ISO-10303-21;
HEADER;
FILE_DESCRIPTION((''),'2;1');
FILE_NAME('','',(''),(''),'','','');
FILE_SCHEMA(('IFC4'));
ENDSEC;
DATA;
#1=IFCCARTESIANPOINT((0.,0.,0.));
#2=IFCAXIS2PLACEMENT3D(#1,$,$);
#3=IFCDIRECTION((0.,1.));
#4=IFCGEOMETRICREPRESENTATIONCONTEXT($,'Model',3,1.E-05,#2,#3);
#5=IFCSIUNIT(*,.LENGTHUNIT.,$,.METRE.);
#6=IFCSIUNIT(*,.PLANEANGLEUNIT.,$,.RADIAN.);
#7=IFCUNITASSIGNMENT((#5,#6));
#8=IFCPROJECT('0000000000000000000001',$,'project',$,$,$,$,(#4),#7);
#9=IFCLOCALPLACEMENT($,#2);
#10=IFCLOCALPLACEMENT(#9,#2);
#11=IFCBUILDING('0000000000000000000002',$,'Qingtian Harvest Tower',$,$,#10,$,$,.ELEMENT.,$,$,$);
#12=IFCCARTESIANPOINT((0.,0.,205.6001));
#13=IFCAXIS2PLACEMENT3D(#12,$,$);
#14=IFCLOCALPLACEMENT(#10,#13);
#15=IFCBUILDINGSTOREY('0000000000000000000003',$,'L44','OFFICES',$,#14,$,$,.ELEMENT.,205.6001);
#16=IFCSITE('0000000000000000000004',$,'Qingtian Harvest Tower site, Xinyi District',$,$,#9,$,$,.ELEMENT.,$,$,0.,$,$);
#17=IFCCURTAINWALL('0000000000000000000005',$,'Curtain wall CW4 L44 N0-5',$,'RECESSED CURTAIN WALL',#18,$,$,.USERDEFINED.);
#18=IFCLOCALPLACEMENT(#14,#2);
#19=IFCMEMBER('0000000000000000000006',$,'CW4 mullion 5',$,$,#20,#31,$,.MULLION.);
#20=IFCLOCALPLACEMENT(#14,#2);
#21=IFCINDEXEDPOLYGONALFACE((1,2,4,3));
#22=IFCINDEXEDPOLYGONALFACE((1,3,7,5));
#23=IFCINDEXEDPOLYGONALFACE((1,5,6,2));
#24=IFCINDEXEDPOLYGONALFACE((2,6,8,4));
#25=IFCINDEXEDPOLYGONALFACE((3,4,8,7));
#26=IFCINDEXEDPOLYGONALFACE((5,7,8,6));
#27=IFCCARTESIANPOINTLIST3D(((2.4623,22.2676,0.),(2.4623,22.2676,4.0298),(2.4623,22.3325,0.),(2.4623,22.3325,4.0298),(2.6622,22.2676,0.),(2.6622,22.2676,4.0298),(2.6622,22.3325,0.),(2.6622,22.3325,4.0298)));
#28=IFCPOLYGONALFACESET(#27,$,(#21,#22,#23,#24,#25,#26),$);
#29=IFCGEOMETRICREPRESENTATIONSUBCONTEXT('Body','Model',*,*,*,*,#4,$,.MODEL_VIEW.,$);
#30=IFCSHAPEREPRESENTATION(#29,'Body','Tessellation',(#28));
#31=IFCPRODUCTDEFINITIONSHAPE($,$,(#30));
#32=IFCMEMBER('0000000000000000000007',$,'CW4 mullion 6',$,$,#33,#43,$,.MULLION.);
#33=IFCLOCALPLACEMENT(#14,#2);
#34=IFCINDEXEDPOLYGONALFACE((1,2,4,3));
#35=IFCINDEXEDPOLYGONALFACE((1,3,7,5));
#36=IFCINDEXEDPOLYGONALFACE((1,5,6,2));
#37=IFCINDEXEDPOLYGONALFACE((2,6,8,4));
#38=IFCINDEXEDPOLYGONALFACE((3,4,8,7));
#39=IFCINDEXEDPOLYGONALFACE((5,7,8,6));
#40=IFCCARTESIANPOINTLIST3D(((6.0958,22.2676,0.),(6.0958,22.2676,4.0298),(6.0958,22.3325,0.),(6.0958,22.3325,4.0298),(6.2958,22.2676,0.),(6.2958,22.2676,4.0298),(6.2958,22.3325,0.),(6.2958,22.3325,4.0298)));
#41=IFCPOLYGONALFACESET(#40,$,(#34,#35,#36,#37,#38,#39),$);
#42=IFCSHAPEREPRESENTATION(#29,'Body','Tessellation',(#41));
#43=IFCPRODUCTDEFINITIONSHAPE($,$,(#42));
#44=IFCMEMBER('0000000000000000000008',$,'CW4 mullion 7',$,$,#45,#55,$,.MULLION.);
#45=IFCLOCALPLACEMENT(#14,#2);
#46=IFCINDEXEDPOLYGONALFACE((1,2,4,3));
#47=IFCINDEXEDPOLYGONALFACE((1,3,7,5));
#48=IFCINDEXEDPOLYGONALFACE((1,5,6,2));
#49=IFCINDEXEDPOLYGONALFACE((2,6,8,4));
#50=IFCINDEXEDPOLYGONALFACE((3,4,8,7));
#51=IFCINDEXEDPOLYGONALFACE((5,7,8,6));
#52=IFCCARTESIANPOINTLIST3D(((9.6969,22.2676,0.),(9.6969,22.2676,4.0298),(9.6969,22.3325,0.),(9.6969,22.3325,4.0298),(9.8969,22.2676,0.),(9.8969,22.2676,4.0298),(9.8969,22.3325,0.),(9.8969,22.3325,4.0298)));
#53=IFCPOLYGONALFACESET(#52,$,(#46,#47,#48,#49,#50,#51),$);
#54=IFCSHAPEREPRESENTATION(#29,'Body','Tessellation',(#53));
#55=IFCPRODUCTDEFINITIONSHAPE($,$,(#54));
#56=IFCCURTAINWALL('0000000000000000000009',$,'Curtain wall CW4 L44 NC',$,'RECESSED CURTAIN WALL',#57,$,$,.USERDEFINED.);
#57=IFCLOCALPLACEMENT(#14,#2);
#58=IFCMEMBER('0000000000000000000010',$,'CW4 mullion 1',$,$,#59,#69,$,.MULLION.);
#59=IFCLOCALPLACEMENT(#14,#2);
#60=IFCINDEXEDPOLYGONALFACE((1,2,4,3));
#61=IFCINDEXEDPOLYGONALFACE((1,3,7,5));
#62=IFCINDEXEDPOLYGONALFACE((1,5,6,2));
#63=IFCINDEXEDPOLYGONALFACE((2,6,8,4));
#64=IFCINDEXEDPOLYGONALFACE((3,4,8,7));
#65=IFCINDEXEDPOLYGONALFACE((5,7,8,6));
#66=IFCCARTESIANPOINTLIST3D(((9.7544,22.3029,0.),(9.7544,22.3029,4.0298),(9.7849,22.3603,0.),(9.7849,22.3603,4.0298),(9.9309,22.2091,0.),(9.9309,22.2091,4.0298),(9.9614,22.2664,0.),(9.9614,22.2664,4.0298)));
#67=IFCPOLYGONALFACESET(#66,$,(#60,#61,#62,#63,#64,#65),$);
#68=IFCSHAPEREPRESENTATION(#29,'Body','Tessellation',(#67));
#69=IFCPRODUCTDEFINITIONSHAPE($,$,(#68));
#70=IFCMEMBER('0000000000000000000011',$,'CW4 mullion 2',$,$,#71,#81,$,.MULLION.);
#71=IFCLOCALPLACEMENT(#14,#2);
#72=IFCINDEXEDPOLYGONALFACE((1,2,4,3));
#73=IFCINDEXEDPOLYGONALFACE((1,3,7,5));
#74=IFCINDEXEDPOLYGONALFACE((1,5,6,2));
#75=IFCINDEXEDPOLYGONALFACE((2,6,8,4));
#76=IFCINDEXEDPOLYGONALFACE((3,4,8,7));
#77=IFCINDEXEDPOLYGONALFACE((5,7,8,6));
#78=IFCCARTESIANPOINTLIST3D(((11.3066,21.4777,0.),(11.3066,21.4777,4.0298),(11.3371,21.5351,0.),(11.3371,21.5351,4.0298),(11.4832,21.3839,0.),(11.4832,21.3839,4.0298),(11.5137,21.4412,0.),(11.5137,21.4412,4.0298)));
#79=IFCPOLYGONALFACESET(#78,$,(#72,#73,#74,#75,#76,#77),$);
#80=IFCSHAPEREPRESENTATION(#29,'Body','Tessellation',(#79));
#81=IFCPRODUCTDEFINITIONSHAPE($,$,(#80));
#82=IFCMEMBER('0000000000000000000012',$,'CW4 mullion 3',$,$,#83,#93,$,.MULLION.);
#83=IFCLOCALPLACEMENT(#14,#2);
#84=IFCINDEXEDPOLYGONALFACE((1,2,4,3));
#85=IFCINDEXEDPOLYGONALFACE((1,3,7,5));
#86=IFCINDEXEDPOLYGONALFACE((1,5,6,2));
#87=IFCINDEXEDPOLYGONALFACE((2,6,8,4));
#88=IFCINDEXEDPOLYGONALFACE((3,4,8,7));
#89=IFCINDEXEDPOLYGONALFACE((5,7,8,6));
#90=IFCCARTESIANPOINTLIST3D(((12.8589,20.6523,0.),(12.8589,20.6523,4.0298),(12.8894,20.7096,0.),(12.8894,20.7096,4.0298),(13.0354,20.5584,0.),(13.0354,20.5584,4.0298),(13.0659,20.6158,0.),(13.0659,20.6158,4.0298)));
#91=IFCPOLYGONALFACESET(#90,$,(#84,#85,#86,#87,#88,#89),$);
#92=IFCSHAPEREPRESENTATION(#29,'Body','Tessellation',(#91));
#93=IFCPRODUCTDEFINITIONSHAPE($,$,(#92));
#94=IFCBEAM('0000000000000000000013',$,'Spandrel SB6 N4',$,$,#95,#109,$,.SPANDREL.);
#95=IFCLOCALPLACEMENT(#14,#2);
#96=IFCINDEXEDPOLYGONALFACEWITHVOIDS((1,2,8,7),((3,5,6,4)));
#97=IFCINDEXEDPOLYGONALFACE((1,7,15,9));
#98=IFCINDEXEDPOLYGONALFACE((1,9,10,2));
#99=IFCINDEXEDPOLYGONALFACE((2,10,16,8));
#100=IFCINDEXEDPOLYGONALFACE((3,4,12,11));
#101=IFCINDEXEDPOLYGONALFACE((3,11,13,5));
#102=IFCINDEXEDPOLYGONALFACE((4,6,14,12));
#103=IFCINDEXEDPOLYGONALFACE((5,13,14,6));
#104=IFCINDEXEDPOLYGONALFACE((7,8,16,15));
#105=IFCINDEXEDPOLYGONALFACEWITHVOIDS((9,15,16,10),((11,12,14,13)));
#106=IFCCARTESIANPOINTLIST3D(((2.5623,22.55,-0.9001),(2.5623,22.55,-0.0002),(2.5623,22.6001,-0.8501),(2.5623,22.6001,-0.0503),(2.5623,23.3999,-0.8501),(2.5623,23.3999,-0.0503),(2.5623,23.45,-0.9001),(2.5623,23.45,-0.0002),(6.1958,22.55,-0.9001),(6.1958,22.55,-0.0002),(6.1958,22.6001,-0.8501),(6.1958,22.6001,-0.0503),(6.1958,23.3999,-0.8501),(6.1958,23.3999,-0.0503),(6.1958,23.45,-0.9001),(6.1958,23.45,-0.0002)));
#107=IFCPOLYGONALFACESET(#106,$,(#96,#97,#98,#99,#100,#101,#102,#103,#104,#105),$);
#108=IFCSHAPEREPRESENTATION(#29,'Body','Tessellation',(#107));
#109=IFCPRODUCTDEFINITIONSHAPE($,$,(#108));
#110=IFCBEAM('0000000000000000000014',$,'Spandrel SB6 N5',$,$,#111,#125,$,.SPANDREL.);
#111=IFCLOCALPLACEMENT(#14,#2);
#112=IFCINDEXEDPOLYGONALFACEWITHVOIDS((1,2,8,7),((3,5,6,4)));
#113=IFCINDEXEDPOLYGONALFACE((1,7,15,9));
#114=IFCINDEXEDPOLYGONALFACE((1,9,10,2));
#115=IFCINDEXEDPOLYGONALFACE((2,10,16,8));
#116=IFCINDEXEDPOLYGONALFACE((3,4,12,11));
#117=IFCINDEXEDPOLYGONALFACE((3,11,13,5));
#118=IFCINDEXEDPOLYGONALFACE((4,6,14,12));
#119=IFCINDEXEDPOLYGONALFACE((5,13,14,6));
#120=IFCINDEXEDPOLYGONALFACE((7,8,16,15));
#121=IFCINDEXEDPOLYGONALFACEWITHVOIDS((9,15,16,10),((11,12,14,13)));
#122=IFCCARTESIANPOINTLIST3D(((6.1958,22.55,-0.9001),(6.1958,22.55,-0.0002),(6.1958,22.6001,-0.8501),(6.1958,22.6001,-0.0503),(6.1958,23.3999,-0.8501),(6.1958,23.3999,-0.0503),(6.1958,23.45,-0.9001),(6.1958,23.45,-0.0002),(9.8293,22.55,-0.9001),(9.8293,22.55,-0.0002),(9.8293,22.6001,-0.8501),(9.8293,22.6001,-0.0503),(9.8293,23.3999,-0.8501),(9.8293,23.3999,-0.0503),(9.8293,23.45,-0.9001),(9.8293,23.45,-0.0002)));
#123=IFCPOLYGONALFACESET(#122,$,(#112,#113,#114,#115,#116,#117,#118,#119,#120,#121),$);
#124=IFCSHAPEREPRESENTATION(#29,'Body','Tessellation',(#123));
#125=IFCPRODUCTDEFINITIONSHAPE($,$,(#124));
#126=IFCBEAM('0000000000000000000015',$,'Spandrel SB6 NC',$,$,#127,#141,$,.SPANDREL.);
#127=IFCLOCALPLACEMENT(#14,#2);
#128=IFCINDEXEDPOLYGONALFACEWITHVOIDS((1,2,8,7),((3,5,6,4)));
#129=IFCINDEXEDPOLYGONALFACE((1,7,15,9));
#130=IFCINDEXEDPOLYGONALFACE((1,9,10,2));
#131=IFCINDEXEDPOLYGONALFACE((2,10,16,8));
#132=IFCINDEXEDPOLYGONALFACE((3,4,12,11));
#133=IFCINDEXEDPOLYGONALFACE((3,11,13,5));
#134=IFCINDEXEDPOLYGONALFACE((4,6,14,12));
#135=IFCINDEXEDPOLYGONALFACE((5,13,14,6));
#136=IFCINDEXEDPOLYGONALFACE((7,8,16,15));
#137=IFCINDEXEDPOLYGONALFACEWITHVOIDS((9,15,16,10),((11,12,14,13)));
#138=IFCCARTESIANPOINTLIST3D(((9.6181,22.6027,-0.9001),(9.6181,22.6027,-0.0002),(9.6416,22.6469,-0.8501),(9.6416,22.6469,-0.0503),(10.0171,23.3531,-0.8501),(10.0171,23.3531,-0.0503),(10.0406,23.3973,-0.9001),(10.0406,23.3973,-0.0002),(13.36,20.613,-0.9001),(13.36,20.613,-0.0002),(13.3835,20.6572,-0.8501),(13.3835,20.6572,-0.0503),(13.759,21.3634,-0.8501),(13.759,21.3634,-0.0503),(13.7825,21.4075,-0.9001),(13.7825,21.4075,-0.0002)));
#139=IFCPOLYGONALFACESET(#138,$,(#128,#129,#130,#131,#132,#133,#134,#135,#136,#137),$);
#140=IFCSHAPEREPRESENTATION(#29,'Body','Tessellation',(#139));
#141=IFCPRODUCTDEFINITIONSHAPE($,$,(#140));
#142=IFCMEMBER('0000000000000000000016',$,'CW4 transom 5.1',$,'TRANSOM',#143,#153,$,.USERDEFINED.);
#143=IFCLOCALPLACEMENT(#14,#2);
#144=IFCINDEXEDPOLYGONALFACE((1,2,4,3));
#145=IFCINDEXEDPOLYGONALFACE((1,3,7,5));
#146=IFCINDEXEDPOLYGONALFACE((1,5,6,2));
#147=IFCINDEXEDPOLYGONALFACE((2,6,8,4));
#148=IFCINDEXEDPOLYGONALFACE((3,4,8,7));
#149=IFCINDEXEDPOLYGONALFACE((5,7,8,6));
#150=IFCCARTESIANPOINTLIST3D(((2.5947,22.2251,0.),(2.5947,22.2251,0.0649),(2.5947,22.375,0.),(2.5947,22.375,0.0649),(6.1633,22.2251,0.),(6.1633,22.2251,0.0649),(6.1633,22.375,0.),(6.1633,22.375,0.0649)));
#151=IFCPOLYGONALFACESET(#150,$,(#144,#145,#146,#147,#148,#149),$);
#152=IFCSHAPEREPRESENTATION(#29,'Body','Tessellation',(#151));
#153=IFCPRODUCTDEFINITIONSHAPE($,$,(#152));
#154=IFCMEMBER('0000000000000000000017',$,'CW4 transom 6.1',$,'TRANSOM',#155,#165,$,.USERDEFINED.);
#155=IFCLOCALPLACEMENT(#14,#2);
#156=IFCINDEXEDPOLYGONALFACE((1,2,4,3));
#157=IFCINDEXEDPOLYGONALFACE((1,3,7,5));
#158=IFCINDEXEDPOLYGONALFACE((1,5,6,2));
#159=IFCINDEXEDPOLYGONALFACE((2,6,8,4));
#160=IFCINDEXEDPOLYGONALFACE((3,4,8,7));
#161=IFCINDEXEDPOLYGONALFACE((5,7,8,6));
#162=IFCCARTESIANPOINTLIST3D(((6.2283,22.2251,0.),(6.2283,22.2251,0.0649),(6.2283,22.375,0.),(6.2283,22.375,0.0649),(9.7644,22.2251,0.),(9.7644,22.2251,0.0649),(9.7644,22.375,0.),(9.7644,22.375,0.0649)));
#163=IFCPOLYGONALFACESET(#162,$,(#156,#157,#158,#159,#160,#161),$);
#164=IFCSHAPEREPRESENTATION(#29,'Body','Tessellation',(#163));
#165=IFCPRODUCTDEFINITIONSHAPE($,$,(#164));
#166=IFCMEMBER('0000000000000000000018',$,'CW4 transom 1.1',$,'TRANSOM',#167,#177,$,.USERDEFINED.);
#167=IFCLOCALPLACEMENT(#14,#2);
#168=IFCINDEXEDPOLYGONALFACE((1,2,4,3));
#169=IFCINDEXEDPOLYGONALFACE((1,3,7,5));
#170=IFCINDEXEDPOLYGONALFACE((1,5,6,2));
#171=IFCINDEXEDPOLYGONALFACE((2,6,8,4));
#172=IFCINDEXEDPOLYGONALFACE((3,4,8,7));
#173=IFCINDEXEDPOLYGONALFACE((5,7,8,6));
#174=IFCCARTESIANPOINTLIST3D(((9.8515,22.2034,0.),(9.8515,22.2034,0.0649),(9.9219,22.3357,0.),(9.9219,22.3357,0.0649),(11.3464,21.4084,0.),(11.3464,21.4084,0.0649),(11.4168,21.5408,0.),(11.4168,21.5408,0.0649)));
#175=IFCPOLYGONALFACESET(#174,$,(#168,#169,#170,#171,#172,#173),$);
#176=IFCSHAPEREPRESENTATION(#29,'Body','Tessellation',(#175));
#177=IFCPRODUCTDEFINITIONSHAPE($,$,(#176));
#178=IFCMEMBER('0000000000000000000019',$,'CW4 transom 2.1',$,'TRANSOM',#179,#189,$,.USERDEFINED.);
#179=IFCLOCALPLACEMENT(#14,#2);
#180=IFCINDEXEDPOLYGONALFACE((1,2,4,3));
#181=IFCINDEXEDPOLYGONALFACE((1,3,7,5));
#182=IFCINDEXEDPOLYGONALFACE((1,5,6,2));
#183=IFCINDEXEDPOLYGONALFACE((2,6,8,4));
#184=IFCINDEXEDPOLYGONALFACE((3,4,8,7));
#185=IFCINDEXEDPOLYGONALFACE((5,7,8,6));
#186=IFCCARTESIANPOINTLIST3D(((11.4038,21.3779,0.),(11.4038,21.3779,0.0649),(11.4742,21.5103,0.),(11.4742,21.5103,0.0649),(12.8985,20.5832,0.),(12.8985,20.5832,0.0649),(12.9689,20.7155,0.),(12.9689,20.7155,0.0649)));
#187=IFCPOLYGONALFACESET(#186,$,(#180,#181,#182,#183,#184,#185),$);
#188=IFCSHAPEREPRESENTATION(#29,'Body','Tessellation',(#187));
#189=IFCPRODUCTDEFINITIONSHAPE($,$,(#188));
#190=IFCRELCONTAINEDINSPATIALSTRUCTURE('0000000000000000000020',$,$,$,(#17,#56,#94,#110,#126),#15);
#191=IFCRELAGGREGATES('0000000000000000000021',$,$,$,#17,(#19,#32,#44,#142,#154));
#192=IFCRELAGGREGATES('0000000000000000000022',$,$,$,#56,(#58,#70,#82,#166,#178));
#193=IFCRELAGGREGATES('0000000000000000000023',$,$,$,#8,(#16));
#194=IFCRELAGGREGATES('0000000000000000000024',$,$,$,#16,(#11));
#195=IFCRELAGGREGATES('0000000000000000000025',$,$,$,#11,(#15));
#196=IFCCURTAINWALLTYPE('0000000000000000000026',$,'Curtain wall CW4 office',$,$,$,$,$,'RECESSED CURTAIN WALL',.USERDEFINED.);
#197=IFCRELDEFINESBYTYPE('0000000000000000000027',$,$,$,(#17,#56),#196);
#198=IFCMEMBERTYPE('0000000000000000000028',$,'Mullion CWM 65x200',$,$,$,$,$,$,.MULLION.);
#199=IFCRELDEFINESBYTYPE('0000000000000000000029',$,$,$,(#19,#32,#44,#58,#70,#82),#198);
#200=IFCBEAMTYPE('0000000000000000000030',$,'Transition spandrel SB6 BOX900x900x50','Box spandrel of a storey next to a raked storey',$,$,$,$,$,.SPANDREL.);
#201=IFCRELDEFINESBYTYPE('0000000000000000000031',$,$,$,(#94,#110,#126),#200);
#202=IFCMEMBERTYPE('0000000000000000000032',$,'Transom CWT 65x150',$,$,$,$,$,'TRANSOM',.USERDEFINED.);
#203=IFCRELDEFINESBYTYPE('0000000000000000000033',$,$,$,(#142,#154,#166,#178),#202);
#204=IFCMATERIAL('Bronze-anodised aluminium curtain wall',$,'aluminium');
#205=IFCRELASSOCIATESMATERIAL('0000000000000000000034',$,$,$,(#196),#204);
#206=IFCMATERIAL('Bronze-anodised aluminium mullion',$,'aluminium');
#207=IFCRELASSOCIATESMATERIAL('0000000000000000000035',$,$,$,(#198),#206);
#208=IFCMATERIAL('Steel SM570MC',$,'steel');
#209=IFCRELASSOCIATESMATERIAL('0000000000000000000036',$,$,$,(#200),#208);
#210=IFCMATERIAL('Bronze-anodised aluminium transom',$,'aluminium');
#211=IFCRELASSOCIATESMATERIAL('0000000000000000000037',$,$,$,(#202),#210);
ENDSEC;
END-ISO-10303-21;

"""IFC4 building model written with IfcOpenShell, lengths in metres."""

from ifc_helpers import new_model, si_unit, direction, frame, origin, origin_2d, place, context, subcontext, project, spatial, rectangle, hollow_rectangle, extrude, material, material_profile, profile_set, type_object, element, aggregate, save


model = new_model("IFC4")

# Units and contexts
model_context = context("Model", 3, precision=1e-05, world=origin(), true_north=direction((0.0, 1.0)))
body_context = subcontext(model_context, "Body", "Model", "MODEL_VIEW")
ifc_project = project(units=[si_unit("LENGTHUNIT", "METRE"), si_unit("PLANEANGLEUNIT", "RADIAN")], contexts=[model_context])

# Site, building, storey
site_placement = place(None, origin())
site = spatial("IfcSite", under=ifc_project, at=site_placement, Name="Qingtian Harvest Tower site, Xinyi District", CompositionType="ELEMENT", RefElevation=0.0)
building_placement = place(site_placement, origin())
building = spatial("IfcBuilding", under=site, at=building_placement, Name="Qingtian Harvest Tower", CompositionType="ELEMENT")
storey_placement = place(building_placement, frame((0.0, 0.0, 205.6001)))
storey = spatial("IfcBuildingStorey", under=building, at=storey_placement, Name="L44", Description="OFFICES", CompositionType="ELEMENT", Elevation=205.6001)

# Curtain walls, members
ifc_material_1 = material(Name="Bronze-anodised aluminium curtain wall", Category="aluminium")
curtain_wall_type = type_object("IfcCurtainWallType", Name="Curtain wall CW4 office", ElementType="RECESSED CURTAIN WALL", PredefinedType="USERDEFINED", material=ifc_material_1)
curtain_wall_1_placement = place(storey_placement, origin())
curtain_wall_1 = element("IfcCurtainWall", 1, at=curtain_wall_1_placement, inside=storey, type_object=curtain_wall_type, Name="Curtain wall CW4 L44 N0-5", ObjectType="RECESSED CURTAIN WALL", PredefinedType="USERDEFINED")
ifc_material_2 = material(Name="Bronze-anodised aluminium mullion", Category="aluminium")
ifc_material_profile_1 = material_profile(ifc_material_2, rectangle(XDim=0.0649, YDim=0.2, at=origin_2d()), Name="AL 65x200")
ifc_profile_set_1 = profile_set([ifc_material_profile_1], Name="Bronze-anodised aluminium mullion")
member_type_1 = type_object("IfcMemberType", Name="Mullion CWM 65x200", PredefinedType="MULLION", material=ifc_profile_set_1)
member_1_placement = place(storey_placement, frame((2.5623, 22.3, 0.0), z_axis=(0.0, 0.0, 1.0), x_axis=(0.0, 1.0, 0.0)))
member_1 = element("IfcMember", 2, at=member_1_placement, type_object=member_type_1, Name="CW4 mullion 5", PredefinedType="MULLION", context=body_context, shape_type="SweptSolid", body=[
    extrude(rectangle(XDim=0.0649, YDim=0.2, at=origin_2d()), origin(), (0.0, 0.0, 1.0), 4.0298),
])
member_2_placement = place(storey_placement, frame((6.1958, 22.3, 0.0), z_axis=(0.0, 0.0, 1.0), x_axis=(0.0, 1.0, 0.0)))
member_2 = element("IfcMember", 3, at=member_2_placement, type_object=member_type_1, Name="CW4 mullion 6", PredefinedType="MULLION", context=body_context, shape_type="SweptSolid", body=[
    extrude(rectangle(XDim=0.0649, YDim=0.2, at=origin_2d()), origin(), (0.0, 0.0, 1.0), 4.0298),
])
member_3_placement = place(storey_placement, frame((9.7969, 22.3, 0.0), z_axis=(0.0, 0.0, 1.0), x_axis=(0.0, 1.0, 0.0)))
member_3 = element("IfcMember", 4, at=member_3_placement, type_object=member_type_1, Name="CW4 mullion 7", PredefinedType="MULLION", context=body_context, shape_type="SweptSolid", body=[
    extrude(rectangle(XDim=0.0649, YDim=0.2, at=origin_2d()), origin(), (0.0, 0.0, 1.0), 4.0298),
])
curtain_wall_2_placement = place(storey_placement, origin())
curtain_wall_2 = element("IfcCurtainWall", 5, at=curtain_wall_2_placement, inside=storey, type_object=curtain_wall_type, Name="Curtain wall CW4 L44 NC", ObjectType="RECESSED CURTAIN WALL", PredefinedType="USERDEFINED")
member_4_placement = place(storey_placement, frame((9.8579, 22.2847, 0.0), z_axis=(0.0, 0.0, 1.0), x_axis=(0.469472, 0.882948, 0.0)))
member_4 = element("IfcMember", 6, at=member_4_placement, type_object=member_type_1, Name="CW4 mullion 1", PredefinedType="MULLION", context=body_context, shape_type="SweptSolid", body=[
    extrude(rectangle(XDim=0.0649, YDim=0.2, at=origin_2d()), origin(), (0.0, 0.0, 1.0), 4.0298),
])
member_5_placement = place(storey_placement, frame((11.4102, 21.4595, 0.0), z_axis=(0.0, 0.0, 1.0), x_axis=(0.469472, 0.882948, 0.0)))
member_5 = element("IfcMember", 7, at=member_5_placement, type_object=member_type_1, Name="CW4 mullion 2", PredefinedType="MULLION", context=body_context, shape_type="SweptSolid", body=[
    extrude(rectangle(XDim=0.0649, YDim=0.2, at=origin_2d()), origin(), (0.0, 0.0, 1.0), 4.0298),
])
member_6_placement = place(storey_placement, frame((12.9624, 20.634, 0.0), z_axis=(0.0, 0.0, 1.0), x_axis=(0.469472, 0.882948, 0.0)))
member_6 = element("IfcMember", 8, at=member_6_placement, type_object=member_type_1, Name="CW4 mullion 3", PredefinedType="MULLION", context=body_context, shape_type="SweptSolid", body=[
    extrude(rectangle(XDim=0.0649, YDim=0.2, at=origin_2d()), origin(), (0.0, 0.0, 1.0), 4.0298),
])

# Beams
ifc_material_3 = material(Name="Steel SM570MC", Category="steel")
ifc_material_profile_2 = material_profile(ifc_material_3, hollow_rectangle(XDim=0.8999, YDim=0.8999, WallThickness=0.05, at=origin_2d()), Name="BOX900x900x50")
ifc_profile_set_2 = profile_set([ifc_material_profile_2], Name="Steel SM570MC")
beam_type_1 = type_object("IfcBeamType", Name="Transition spandrel SB6 BOX900x900x50", Description="Box spandrel of a storey next to a raked storey", PredefinedType="SPANDREL", material=ifc_profile_set_2)
for number, where, z_axis, x_axis, name in (
    (9, (2.5623, 23.0, -0.4502), (1.0, 0.0, 0.0), (0.0, 1.0, 0.0), "Spandrel SB6 N4"),
    (10, (6.1958, 23.0, -0.4502), (1.0, 0.0, 0.0), (0.0, 1.0, 0.0), "Spandrel SB6 N5"),
):
    element("IfcBeam", number, at=place(storey_placement, frame(where, z_axis=z_axis, x_axis=x_axis)), inside=storey, type_object=beam_type_1, Name=name, PredefinedType="SPANDREL", context=body_context, shape_type="SweptSolid", body=[
        extrude(hollow_rectangle(XDim=0.8999, YDim=0.8999, WallThickness=0.05, at=origin_2d()), origin(), (0.0, 0.0, 1.0), 3.6335),
    ])
beam_1_placement = place(storey_placement, frame((9.8293, 23.0, -0.4502), z_axis=(0.882936, -0.469494, 0.0), x_axis=(0.469494, 0.882936, 0.0)))
element("IfcBeam", 11, at=beam_1_placement, inside=storey, type_object=beam_type_1, Name="Spandrel SB6 NC", PredefinedType="SPANDREL", context=body_context, shape_type="SweptSolid", body=[
    extrude(hollow_rectangle(XDim=0.8999, YDim=0.8999, WallThickness=0.05, at=origin_2d()), origin(), (0.0, 0.0, 1.0), 4.238),
])

# Members
ifc_material_4 = material(Name="Bronze-anodised aluminium transom", Category="aluminium")
ifc_material_profile_3 = material_profile(ifc_material_4, rectangle(XDim=0.1499, YDim=0.0649, at=origin_2d()), Name="AL 65x150")
ifc_profile_set_3 = profile_set([ifc_material_profile_3], Name="Bronze-anodised aluminium transom")
member_type_2 = type_object("IfcMemberType", Name="Transom CWT 65x150", ElementType="TRANSOM", PredefinedType="USERDEFINED", material=ifc_profile_set_3)
member_7_placement = place(storey_placement, frame((2.5947, 22.3, 0.0325), z_axis=(1.0, 0.0, 0.0), x_axis=(0.0, 1.0, 0.0)))
member_7 = element("IfcMember", 12, at=member_7_placement, type_object=member_type_2, Name="CW4 transom 5.1", ObjectType="TRANSOM", PredefinedType="USERDEFINED", context=body_context, shape_type="SweptSolid", body=[
    extrude(rectangle(XDim=0.1499, YDim=0.0649, at=origin_2d()), origin(), (0.0, 0.0, 1.0), 3.5686),
])
member_8_placement = place(storey_placement, frame((6.2283, 22.3, 0.0325), z_axis=(1.0, 0.0, 0.0), x_axis=(0.0, 1.0, 0.0)))
member_8 = element("IfcMember", 13, at=member_8_placement, type_object=member_type_2, Name="CW4 transom 6.1", ObjectType="TRANSOM", PredefinedType="USERDEFINED", context=body_context, shape_type="SweptSolid", body=[
    extrude(rectangle(XDim=0.1499, YDim=0.0649, at=origin_2d()), origin(), (0.0, 0.0, 1.0), 3.5361),
])
member_9_placement = place(storey_placement, frame((9.8867, 22.2695, 0.0325), z_axis=(0.882927, -0.46951, 0.0), x_axis=(0.46951, 0.882927, 0.0)))
member_9 = element("IfcMember", 14, at=member_9_placement, type_object=member_type_2, Name="CW4 transom 1.1", ObjectType="TRANSOM", PredefinedType="USERDEFINED", context=body_context, shape_type="SweptSolid", body=[
    extrude(rectangle(XDim=0.1499, YDim=0.0649, at=origin_2d()), origin(), (0.0, 0.0, 1.0), 1.6931),
])
member_10_placement = place(storey_placement, frame((11.439, 21.4441, 0.0325), z_axis=(0.882955, -0.469457, 0.0), x_axis=(0.469457, 0.882955, 0.0)))
member_10 = element("IfcMember", 15, at=member_10_placement, type_object=member_type_2, Name="CW4 transom 2.1", ObjectType="TRANSOM", PredefinedType="USERDEFINED", context=body_context, shape_type="SweptSolid", body=[
    extrude(rectangle(XDim=0.1499, YDim=0.0649, at=origin_2d()), origin(), (0.0, 0.0, 1.0), 1.6929),
])

aggregate(curtain_wall_1, [member_1, member_2, member_3, member_7, member_8])
aggregate(curtain_wall_2, [member_4, member_5, member_6, member_9, member_10])

save(model, "model.ifc")
